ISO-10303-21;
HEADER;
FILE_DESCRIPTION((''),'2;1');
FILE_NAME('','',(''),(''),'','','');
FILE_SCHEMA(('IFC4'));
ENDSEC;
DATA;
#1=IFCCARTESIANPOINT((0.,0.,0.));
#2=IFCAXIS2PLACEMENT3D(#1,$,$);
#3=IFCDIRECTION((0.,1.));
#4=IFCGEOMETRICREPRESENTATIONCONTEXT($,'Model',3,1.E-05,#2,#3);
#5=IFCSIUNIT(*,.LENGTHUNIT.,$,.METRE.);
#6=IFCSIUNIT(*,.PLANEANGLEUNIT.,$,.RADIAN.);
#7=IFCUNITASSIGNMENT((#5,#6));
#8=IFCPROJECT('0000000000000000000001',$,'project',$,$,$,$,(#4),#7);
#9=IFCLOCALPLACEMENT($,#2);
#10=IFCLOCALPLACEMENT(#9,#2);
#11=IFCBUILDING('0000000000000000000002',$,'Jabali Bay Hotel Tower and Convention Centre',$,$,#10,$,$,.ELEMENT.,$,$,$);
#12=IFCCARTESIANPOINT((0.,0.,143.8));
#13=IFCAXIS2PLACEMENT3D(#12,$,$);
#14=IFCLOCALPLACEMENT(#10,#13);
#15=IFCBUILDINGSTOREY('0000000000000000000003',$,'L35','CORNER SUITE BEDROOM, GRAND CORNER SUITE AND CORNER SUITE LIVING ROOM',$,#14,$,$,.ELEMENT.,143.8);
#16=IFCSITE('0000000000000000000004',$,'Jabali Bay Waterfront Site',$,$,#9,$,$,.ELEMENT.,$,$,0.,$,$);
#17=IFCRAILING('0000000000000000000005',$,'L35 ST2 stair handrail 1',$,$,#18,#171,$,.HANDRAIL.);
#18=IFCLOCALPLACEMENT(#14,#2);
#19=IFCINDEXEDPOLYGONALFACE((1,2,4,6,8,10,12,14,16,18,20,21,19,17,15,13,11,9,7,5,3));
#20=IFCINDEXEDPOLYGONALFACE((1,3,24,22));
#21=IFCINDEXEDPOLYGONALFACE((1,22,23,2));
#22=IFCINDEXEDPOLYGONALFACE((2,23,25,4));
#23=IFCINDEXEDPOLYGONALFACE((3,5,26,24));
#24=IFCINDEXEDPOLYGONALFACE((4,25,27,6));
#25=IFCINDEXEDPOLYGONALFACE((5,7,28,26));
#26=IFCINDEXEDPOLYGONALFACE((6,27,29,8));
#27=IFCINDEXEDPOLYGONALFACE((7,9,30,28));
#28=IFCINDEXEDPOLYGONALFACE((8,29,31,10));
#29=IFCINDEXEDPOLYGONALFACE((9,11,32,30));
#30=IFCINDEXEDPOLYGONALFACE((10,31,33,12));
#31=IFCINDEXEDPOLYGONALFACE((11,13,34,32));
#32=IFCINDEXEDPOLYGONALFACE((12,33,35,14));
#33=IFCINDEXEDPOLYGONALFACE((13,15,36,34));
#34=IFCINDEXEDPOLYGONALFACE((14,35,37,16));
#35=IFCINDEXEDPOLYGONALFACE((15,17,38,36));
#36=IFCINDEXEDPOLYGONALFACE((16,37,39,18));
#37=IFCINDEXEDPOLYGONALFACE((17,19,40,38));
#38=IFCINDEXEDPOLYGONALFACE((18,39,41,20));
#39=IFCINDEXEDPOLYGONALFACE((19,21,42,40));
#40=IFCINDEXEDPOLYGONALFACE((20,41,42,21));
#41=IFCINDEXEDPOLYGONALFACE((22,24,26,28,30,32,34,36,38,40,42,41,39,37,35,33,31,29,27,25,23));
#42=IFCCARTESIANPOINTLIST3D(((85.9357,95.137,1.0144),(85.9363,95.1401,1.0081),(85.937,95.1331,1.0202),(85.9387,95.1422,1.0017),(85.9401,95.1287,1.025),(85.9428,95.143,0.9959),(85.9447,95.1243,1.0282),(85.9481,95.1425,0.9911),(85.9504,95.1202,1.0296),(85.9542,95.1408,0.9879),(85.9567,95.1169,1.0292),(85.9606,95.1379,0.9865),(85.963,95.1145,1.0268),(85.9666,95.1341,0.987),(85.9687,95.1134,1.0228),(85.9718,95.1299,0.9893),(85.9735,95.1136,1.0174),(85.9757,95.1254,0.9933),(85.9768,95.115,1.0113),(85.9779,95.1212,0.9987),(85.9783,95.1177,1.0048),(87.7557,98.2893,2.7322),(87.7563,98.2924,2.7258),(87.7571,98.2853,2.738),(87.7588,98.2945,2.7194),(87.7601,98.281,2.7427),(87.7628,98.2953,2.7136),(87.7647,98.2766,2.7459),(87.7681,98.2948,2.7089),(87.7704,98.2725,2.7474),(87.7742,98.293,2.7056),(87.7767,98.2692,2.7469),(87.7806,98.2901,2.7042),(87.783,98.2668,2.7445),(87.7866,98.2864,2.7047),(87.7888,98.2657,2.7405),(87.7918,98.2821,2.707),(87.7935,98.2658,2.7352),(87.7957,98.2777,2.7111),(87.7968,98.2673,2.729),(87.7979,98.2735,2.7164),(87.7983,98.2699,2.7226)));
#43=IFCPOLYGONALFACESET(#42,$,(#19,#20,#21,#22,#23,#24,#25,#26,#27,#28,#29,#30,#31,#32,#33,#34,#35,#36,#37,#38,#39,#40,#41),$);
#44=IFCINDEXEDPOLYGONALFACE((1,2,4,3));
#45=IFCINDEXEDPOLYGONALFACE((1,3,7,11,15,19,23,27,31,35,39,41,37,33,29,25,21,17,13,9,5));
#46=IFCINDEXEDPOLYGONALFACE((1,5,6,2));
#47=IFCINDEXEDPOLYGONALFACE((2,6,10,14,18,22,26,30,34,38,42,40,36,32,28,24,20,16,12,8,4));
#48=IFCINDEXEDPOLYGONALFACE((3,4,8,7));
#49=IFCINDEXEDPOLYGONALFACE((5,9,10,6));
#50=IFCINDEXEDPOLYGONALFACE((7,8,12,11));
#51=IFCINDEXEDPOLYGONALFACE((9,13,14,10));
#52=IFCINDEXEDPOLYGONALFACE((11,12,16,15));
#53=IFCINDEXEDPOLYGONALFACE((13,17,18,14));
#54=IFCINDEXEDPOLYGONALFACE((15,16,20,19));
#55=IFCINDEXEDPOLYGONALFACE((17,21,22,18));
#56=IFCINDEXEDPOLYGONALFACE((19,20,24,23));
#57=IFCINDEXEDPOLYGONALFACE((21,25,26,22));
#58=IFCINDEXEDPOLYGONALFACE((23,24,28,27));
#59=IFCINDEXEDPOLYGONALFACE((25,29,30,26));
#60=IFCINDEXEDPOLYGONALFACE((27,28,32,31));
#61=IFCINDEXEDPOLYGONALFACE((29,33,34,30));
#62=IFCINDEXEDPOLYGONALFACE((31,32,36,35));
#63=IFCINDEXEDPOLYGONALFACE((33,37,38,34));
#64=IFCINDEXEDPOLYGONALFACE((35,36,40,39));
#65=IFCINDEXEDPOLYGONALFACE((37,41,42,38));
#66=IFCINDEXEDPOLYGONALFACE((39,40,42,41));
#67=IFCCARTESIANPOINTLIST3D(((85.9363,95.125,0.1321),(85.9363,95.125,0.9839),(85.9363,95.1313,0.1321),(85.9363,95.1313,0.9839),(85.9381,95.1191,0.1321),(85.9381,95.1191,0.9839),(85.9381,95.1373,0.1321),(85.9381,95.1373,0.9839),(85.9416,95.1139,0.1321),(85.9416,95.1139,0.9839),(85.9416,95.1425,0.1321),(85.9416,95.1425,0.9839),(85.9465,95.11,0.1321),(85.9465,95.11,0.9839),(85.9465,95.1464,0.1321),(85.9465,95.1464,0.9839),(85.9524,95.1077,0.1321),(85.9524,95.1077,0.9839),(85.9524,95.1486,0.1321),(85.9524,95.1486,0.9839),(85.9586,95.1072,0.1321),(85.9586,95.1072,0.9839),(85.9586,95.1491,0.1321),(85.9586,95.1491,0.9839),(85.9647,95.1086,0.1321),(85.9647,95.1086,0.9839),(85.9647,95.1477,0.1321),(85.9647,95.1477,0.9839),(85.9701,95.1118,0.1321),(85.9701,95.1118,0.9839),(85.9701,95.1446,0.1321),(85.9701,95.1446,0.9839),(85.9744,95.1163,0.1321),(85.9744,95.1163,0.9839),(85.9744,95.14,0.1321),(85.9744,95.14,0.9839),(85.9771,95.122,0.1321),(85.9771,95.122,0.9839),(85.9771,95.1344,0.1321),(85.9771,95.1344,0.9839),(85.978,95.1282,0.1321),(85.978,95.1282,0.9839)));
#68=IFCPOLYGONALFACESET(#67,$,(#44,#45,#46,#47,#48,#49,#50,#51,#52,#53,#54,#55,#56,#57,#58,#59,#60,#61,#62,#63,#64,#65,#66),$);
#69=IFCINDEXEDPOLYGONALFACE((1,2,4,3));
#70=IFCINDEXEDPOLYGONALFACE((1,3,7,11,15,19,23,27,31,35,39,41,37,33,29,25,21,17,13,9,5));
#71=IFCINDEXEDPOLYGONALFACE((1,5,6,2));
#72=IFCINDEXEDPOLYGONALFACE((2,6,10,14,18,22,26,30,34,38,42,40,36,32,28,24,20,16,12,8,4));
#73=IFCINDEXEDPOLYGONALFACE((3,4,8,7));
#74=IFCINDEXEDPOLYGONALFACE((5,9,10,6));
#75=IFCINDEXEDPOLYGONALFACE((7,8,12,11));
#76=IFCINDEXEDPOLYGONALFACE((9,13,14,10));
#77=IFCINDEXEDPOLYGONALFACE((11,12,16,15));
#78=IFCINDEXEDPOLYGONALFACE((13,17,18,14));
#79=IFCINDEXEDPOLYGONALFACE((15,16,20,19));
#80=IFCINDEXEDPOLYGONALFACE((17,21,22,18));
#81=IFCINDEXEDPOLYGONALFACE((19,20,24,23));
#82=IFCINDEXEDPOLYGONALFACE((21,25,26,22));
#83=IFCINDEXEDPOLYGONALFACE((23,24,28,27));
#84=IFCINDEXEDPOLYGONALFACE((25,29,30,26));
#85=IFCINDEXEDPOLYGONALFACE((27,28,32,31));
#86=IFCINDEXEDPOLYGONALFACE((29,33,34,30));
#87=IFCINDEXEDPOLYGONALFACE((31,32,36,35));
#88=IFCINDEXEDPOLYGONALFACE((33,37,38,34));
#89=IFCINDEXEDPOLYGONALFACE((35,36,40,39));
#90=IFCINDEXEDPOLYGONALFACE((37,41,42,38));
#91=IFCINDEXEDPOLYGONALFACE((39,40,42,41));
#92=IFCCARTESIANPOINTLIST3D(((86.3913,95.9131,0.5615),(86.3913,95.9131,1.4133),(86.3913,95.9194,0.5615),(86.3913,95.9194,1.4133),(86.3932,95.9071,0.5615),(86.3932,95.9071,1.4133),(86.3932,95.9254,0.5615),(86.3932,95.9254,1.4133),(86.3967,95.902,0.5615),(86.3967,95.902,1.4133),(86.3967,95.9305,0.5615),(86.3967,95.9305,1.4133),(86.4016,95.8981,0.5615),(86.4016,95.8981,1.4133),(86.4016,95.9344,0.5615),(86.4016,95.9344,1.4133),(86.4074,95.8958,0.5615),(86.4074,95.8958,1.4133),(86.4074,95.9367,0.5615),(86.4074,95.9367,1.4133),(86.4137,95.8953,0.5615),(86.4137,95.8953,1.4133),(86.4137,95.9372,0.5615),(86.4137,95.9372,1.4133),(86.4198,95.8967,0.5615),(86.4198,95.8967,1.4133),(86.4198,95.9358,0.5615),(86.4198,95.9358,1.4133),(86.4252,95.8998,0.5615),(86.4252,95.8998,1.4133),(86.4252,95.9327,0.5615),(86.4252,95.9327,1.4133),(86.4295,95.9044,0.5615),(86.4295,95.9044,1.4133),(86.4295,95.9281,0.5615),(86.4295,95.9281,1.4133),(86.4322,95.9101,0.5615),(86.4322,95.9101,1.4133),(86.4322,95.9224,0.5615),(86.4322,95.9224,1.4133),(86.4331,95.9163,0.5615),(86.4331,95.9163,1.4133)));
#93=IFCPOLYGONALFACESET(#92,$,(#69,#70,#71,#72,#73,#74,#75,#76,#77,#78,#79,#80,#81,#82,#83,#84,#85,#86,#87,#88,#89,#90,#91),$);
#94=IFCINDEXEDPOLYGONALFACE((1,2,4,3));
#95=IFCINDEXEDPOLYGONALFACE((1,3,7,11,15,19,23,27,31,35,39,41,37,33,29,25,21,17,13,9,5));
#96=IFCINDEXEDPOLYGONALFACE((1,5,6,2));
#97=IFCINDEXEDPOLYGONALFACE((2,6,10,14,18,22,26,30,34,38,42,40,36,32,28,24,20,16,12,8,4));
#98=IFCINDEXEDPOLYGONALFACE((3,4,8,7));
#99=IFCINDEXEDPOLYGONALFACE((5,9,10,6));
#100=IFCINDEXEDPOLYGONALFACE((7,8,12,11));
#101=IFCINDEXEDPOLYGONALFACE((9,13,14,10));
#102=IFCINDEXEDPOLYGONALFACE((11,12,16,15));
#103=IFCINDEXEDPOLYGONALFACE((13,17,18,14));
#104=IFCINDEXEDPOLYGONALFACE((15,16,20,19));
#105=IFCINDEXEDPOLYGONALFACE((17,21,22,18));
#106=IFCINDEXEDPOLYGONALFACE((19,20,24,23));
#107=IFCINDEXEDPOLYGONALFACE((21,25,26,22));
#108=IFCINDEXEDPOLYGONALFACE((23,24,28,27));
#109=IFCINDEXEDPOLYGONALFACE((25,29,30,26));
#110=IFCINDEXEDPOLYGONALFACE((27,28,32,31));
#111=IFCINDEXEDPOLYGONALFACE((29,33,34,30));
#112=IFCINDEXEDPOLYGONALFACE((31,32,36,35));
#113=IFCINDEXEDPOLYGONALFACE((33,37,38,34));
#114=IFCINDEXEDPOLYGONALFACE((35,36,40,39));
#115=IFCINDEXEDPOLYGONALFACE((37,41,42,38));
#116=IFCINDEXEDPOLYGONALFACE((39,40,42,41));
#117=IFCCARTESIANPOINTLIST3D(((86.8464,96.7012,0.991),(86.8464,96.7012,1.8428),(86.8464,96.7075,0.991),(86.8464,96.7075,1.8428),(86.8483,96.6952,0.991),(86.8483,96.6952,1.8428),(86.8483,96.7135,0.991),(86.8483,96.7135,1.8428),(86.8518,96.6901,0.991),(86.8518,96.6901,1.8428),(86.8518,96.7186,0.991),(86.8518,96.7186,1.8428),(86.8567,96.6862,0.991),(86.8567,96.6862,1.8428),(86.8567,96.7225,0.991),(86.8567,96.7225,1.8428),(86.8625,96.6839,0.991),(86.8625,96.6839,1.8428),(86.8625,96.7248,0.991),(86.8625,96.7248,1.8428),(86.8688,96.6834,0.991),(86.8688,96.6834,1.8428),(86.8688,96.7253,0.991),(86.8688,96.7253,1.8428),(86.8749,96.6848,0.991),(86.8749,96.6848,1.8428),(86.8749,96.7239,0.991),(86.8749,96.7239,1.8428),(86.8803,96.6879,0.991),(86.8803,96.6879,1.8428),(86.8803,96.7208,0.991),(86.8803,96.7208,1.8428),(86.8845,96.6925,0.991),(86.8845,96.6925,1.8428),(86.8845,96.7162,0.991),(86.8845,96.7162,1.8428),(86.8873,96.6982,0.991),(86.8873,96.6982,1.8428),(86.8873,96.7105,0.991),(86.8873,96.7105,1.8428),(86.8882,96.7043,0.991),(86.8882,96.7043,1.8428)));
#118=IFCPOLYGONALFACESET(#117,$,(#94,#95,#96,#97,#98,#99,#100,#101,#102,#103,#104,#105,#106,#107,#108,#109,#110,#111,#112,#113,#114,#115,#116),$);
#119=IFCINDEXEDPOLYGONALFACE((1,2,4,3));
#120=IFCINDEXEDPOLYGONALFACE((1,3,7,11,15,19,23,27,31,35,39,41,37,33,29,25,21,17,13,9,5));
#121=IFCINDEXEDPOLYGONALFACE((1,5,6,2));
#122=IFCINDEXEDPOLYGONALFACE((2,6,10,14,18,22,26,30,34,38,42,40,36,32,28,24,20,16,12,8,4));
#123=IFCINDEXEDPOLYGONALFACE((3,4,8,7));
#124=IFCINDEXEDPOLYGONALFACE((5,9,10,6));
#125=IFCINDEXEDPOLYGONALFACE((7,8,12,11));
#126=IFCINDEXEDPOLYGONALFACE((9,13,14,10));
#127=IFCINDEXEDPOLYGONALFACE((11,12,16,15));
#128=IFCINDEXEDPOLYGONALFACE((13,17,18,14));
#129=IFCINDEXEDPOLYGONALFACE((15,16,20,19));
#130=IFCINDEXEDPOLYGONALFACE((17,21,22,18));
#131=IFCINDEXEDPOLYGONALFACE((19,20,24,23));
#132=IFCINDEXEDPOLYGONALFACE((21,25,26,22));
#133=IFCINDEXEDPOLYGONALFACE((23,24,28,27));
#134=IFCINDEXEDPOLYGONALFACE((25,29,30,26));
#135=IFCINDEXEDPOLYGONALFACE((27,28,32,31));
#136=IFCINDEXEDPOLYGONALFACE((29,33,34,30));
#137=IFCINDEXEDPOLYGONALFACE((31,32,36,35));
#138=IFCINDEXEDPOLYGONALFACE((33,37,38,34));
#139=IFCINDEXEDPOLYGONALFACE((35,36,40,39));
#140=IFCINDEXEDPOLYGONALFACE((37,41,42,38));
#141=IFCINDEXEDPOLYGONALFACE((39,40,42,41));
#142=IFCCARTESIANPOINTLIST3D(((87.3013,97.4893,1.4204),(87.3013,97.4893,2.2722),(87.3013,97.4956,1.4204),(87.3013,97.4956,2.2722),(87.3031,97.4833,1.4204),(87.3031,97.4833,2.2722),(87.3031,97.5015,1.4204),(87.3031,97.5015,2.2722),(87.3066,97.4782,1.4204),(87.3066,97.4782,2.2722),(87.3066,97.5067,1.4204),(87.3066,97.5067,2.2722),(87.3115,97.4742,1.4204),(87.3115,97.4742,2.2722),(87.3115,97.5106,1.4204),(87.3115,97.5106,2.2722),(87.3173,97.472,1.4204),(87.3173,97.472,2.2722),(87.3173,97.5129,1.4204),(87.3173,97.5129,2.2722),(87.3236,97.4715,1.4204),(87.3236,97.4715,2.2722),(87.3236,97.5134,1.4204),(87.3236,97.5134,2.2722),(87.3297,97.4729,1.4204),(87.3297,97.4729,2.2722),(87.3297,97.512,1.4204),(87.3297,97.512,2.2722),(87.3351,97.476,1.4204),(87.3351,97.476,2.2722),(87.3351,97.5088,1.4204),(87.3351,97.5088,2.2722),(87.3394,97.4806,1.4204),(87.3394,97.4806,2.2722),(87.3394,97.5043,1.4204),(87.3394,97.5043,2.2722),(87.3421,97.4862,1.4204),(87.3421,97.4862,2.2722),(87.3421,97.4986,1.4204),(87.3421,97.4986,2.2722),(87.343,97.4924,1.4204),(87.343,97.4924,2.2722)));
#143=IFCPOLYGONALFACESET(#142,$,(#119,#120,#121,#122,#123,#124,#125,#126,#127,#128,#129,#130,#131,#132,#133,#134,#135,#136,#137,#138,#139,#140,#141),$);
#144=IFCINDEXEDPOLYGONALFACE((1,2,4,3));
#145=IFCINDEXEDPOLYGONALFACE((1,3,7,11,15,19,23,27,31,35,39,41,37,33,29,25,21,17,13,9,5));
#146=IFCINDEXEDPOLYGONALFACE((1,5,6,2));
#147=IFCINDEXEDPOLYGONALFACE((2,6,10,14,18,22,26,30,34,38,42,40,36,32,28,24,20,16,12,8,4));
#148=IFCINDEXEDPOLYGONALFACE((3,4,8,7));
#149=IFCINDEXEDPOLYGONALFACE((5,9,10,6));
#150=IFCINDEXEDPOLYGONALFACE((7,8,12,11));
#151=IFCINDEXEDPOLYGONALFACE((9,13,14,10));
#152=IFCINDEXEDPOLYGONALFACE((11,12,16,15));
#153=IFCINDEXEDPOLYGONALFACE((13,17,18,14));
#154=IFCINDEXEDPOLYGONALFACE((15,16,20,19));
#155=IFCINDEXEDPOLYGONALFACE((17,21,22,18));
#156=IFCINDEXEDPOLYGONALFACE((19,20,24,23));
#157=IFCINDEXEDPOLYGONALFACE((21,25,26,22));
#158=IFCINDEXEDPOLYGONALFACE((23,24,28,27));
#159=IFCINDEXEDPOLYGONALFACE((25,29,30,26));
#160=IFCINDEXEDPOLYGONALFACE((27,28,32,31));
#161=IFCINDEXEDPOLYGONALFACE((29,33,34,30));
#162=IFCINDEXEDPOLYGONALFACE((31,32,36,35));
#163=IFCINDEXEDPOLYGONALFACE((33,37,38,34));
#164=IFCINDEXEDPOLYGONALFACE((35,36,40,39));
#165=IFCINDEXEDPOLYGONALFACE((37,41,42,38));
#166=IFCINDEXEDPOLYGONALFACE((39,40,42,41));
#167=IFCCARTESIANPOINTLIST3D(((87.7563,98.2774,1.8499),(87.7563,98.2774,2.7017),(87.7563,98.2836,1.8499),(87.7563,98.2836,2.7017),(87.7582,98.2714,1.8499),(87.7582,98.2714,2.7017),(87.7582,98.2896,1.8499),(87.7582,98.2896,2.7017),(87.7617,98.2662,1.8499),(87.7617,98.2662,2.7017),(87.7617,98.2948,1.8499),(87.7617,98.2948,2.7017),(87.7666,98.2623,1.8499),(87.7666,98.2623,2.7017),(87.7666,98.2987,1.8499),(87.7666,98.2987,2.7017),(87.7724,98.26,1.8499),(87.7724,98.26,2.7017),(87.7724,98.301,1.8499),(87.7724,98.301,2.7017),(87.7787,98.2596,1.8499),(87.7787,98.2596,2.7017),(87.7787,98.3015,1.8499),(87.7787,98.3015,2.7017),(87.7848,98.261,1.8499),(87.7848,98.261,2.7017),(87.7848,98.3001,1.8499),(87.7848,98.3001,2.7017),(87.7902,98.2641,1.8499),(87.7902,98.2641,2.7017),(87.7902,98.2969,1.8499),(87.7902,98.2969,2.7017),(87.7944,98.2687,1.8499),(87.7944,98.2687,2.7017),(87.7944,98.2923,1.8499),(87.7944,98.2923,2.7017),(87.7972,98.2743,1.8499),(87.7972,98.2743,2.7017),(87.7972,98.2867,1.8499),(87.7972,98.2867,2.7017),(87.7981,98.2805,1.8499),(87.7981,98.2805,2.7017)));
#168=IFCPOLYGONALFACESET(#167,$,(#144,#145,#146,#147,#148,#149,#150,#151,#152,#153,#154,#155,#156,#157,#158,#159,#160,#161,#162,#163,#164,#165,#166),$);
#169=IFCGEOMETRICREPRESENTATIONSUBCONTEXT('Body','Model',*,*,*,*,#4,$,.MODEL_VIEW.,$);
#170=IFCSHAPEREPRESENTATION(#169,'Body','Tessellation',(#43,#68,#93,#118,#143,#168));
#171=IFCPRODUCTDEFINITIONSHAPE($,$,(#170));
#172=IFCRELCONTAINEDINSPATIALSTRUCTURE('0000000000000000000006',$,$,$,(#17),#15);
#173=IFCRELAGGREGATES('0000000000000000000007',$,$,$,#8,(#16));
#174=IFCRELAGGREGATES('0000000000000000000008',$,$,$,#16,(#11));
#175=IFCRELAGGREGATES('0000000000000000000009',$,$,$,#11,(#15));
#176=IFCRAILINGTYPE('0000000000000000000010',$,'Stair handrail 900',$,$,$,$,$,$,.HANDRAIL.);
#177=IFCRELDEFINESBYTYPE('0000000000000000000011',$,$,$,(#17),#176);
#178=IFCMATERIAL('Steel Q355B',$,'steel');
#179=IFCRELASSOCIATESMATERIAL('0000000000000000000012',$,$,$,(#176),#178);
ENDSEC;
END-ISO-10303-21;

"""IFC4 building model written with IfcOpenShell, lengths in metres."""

from ifc_helpers import new_model, si_unit, direction, frame, origin, origin_2d, place, context, subcontext, project, spatial, circle, extrude, material, type_object, element, save


model = new_model("IFC4")

# Units and contexts
model_context = context("Model", 3, precision=1e-05, world=origin(), true_north=direction((0.0, 1.0)))
body_context = subcontext(model_context, "Body", "Model", "MODEL_VIEW")
ifc_project = project(units=[si_unit("LENGTHUNIT", "METRE"), si_unit("PLANEANGLEUNIT", "RADIAN")], contexts=[model_context])

# Site, building, storey
site_placement = place(None, origin())
site = spatial("IfcSite", under=ifc_project, at=site_placement, Name="Jabali Bay Waterfront Site", CompositionType="ELEMENT", RefElevation=0.0)
building_placement = place(site_placement, origin())
building = spatial("IfcBuilding", under=site, at=building_placement, Name="Jabali Bay Hotel Tower and Convention Centre", CompositionType="ELEMENT")
storey_placement = place(building_placement, frame((0.0, 0.0, 143.8)))
storey = spatial("IfcBuildingStorey", under=building, at=storey_placement, Name="L35", Description="CORNER SUITE BEDROOM, GRAND CORNER SUITE AND CORNER SUITE LIVING ROOM", CompositionType="ELEMENT", Elevation=143.8)

# Railing
ifc_material_1 = material(Name="Steel Q355B", Category="steel")
railing_type_1 = type_object("IfcRailingType", Name="Stair handrail 900", PredefinedType="HANDRAIL", material=ifc_material_1)
railing_1_placement = place(storey_placement, frame((85.957, 95.1282, 0.1321)))
element("IfcRailing", 1, at=railing_1_placement, inside=storey, type_object=railing_type_1, Name="L35 ST2 stair handrail 1", PredefinedType="HANDRAIL", context=body_context, shape_type="SweptSolid", body=[
    extrude(circle(Radius=0.0239, at=origin_2d()), frame((0.0, 0.0, 0.876), z_axis=(0.45219, 0.78319, 0.426775), x_axis=(-0.866018, 0.500013, 0.0)), (0.0, 0.0, 1.0), 4.0249),
    extrude(circle(Radius=0.021, at=origin_2d()), origin(), (0.0, 0.0, 1.0), 0.8518),
    extrude(circle(Radius=0.021, at=origin_2d()), frame((0.4551, 0.7881, 0.4294)), (0.0, 0.0, 1.0), 0.8518),
    extrude(circle(Radius=0.021, at=origin_2d()), frame((0.9102, 1.5762, 0.8589)), (0.0, 0.0, 1.0), 0.8518),
    extrude(circle(Radius=0.021, at=origin_2d()), frame((1.365, 2.3643, 1.2883)), (0.0, 0.0, 1.0), 0.8518),
    extrude(circle(Radius=0.021, at=origin_2d()), frame((1.8201, 3.1523, 1.7178)), (0.0, 0.0, 1.0), 0.8518),
])

save(model, "model.ifc")
